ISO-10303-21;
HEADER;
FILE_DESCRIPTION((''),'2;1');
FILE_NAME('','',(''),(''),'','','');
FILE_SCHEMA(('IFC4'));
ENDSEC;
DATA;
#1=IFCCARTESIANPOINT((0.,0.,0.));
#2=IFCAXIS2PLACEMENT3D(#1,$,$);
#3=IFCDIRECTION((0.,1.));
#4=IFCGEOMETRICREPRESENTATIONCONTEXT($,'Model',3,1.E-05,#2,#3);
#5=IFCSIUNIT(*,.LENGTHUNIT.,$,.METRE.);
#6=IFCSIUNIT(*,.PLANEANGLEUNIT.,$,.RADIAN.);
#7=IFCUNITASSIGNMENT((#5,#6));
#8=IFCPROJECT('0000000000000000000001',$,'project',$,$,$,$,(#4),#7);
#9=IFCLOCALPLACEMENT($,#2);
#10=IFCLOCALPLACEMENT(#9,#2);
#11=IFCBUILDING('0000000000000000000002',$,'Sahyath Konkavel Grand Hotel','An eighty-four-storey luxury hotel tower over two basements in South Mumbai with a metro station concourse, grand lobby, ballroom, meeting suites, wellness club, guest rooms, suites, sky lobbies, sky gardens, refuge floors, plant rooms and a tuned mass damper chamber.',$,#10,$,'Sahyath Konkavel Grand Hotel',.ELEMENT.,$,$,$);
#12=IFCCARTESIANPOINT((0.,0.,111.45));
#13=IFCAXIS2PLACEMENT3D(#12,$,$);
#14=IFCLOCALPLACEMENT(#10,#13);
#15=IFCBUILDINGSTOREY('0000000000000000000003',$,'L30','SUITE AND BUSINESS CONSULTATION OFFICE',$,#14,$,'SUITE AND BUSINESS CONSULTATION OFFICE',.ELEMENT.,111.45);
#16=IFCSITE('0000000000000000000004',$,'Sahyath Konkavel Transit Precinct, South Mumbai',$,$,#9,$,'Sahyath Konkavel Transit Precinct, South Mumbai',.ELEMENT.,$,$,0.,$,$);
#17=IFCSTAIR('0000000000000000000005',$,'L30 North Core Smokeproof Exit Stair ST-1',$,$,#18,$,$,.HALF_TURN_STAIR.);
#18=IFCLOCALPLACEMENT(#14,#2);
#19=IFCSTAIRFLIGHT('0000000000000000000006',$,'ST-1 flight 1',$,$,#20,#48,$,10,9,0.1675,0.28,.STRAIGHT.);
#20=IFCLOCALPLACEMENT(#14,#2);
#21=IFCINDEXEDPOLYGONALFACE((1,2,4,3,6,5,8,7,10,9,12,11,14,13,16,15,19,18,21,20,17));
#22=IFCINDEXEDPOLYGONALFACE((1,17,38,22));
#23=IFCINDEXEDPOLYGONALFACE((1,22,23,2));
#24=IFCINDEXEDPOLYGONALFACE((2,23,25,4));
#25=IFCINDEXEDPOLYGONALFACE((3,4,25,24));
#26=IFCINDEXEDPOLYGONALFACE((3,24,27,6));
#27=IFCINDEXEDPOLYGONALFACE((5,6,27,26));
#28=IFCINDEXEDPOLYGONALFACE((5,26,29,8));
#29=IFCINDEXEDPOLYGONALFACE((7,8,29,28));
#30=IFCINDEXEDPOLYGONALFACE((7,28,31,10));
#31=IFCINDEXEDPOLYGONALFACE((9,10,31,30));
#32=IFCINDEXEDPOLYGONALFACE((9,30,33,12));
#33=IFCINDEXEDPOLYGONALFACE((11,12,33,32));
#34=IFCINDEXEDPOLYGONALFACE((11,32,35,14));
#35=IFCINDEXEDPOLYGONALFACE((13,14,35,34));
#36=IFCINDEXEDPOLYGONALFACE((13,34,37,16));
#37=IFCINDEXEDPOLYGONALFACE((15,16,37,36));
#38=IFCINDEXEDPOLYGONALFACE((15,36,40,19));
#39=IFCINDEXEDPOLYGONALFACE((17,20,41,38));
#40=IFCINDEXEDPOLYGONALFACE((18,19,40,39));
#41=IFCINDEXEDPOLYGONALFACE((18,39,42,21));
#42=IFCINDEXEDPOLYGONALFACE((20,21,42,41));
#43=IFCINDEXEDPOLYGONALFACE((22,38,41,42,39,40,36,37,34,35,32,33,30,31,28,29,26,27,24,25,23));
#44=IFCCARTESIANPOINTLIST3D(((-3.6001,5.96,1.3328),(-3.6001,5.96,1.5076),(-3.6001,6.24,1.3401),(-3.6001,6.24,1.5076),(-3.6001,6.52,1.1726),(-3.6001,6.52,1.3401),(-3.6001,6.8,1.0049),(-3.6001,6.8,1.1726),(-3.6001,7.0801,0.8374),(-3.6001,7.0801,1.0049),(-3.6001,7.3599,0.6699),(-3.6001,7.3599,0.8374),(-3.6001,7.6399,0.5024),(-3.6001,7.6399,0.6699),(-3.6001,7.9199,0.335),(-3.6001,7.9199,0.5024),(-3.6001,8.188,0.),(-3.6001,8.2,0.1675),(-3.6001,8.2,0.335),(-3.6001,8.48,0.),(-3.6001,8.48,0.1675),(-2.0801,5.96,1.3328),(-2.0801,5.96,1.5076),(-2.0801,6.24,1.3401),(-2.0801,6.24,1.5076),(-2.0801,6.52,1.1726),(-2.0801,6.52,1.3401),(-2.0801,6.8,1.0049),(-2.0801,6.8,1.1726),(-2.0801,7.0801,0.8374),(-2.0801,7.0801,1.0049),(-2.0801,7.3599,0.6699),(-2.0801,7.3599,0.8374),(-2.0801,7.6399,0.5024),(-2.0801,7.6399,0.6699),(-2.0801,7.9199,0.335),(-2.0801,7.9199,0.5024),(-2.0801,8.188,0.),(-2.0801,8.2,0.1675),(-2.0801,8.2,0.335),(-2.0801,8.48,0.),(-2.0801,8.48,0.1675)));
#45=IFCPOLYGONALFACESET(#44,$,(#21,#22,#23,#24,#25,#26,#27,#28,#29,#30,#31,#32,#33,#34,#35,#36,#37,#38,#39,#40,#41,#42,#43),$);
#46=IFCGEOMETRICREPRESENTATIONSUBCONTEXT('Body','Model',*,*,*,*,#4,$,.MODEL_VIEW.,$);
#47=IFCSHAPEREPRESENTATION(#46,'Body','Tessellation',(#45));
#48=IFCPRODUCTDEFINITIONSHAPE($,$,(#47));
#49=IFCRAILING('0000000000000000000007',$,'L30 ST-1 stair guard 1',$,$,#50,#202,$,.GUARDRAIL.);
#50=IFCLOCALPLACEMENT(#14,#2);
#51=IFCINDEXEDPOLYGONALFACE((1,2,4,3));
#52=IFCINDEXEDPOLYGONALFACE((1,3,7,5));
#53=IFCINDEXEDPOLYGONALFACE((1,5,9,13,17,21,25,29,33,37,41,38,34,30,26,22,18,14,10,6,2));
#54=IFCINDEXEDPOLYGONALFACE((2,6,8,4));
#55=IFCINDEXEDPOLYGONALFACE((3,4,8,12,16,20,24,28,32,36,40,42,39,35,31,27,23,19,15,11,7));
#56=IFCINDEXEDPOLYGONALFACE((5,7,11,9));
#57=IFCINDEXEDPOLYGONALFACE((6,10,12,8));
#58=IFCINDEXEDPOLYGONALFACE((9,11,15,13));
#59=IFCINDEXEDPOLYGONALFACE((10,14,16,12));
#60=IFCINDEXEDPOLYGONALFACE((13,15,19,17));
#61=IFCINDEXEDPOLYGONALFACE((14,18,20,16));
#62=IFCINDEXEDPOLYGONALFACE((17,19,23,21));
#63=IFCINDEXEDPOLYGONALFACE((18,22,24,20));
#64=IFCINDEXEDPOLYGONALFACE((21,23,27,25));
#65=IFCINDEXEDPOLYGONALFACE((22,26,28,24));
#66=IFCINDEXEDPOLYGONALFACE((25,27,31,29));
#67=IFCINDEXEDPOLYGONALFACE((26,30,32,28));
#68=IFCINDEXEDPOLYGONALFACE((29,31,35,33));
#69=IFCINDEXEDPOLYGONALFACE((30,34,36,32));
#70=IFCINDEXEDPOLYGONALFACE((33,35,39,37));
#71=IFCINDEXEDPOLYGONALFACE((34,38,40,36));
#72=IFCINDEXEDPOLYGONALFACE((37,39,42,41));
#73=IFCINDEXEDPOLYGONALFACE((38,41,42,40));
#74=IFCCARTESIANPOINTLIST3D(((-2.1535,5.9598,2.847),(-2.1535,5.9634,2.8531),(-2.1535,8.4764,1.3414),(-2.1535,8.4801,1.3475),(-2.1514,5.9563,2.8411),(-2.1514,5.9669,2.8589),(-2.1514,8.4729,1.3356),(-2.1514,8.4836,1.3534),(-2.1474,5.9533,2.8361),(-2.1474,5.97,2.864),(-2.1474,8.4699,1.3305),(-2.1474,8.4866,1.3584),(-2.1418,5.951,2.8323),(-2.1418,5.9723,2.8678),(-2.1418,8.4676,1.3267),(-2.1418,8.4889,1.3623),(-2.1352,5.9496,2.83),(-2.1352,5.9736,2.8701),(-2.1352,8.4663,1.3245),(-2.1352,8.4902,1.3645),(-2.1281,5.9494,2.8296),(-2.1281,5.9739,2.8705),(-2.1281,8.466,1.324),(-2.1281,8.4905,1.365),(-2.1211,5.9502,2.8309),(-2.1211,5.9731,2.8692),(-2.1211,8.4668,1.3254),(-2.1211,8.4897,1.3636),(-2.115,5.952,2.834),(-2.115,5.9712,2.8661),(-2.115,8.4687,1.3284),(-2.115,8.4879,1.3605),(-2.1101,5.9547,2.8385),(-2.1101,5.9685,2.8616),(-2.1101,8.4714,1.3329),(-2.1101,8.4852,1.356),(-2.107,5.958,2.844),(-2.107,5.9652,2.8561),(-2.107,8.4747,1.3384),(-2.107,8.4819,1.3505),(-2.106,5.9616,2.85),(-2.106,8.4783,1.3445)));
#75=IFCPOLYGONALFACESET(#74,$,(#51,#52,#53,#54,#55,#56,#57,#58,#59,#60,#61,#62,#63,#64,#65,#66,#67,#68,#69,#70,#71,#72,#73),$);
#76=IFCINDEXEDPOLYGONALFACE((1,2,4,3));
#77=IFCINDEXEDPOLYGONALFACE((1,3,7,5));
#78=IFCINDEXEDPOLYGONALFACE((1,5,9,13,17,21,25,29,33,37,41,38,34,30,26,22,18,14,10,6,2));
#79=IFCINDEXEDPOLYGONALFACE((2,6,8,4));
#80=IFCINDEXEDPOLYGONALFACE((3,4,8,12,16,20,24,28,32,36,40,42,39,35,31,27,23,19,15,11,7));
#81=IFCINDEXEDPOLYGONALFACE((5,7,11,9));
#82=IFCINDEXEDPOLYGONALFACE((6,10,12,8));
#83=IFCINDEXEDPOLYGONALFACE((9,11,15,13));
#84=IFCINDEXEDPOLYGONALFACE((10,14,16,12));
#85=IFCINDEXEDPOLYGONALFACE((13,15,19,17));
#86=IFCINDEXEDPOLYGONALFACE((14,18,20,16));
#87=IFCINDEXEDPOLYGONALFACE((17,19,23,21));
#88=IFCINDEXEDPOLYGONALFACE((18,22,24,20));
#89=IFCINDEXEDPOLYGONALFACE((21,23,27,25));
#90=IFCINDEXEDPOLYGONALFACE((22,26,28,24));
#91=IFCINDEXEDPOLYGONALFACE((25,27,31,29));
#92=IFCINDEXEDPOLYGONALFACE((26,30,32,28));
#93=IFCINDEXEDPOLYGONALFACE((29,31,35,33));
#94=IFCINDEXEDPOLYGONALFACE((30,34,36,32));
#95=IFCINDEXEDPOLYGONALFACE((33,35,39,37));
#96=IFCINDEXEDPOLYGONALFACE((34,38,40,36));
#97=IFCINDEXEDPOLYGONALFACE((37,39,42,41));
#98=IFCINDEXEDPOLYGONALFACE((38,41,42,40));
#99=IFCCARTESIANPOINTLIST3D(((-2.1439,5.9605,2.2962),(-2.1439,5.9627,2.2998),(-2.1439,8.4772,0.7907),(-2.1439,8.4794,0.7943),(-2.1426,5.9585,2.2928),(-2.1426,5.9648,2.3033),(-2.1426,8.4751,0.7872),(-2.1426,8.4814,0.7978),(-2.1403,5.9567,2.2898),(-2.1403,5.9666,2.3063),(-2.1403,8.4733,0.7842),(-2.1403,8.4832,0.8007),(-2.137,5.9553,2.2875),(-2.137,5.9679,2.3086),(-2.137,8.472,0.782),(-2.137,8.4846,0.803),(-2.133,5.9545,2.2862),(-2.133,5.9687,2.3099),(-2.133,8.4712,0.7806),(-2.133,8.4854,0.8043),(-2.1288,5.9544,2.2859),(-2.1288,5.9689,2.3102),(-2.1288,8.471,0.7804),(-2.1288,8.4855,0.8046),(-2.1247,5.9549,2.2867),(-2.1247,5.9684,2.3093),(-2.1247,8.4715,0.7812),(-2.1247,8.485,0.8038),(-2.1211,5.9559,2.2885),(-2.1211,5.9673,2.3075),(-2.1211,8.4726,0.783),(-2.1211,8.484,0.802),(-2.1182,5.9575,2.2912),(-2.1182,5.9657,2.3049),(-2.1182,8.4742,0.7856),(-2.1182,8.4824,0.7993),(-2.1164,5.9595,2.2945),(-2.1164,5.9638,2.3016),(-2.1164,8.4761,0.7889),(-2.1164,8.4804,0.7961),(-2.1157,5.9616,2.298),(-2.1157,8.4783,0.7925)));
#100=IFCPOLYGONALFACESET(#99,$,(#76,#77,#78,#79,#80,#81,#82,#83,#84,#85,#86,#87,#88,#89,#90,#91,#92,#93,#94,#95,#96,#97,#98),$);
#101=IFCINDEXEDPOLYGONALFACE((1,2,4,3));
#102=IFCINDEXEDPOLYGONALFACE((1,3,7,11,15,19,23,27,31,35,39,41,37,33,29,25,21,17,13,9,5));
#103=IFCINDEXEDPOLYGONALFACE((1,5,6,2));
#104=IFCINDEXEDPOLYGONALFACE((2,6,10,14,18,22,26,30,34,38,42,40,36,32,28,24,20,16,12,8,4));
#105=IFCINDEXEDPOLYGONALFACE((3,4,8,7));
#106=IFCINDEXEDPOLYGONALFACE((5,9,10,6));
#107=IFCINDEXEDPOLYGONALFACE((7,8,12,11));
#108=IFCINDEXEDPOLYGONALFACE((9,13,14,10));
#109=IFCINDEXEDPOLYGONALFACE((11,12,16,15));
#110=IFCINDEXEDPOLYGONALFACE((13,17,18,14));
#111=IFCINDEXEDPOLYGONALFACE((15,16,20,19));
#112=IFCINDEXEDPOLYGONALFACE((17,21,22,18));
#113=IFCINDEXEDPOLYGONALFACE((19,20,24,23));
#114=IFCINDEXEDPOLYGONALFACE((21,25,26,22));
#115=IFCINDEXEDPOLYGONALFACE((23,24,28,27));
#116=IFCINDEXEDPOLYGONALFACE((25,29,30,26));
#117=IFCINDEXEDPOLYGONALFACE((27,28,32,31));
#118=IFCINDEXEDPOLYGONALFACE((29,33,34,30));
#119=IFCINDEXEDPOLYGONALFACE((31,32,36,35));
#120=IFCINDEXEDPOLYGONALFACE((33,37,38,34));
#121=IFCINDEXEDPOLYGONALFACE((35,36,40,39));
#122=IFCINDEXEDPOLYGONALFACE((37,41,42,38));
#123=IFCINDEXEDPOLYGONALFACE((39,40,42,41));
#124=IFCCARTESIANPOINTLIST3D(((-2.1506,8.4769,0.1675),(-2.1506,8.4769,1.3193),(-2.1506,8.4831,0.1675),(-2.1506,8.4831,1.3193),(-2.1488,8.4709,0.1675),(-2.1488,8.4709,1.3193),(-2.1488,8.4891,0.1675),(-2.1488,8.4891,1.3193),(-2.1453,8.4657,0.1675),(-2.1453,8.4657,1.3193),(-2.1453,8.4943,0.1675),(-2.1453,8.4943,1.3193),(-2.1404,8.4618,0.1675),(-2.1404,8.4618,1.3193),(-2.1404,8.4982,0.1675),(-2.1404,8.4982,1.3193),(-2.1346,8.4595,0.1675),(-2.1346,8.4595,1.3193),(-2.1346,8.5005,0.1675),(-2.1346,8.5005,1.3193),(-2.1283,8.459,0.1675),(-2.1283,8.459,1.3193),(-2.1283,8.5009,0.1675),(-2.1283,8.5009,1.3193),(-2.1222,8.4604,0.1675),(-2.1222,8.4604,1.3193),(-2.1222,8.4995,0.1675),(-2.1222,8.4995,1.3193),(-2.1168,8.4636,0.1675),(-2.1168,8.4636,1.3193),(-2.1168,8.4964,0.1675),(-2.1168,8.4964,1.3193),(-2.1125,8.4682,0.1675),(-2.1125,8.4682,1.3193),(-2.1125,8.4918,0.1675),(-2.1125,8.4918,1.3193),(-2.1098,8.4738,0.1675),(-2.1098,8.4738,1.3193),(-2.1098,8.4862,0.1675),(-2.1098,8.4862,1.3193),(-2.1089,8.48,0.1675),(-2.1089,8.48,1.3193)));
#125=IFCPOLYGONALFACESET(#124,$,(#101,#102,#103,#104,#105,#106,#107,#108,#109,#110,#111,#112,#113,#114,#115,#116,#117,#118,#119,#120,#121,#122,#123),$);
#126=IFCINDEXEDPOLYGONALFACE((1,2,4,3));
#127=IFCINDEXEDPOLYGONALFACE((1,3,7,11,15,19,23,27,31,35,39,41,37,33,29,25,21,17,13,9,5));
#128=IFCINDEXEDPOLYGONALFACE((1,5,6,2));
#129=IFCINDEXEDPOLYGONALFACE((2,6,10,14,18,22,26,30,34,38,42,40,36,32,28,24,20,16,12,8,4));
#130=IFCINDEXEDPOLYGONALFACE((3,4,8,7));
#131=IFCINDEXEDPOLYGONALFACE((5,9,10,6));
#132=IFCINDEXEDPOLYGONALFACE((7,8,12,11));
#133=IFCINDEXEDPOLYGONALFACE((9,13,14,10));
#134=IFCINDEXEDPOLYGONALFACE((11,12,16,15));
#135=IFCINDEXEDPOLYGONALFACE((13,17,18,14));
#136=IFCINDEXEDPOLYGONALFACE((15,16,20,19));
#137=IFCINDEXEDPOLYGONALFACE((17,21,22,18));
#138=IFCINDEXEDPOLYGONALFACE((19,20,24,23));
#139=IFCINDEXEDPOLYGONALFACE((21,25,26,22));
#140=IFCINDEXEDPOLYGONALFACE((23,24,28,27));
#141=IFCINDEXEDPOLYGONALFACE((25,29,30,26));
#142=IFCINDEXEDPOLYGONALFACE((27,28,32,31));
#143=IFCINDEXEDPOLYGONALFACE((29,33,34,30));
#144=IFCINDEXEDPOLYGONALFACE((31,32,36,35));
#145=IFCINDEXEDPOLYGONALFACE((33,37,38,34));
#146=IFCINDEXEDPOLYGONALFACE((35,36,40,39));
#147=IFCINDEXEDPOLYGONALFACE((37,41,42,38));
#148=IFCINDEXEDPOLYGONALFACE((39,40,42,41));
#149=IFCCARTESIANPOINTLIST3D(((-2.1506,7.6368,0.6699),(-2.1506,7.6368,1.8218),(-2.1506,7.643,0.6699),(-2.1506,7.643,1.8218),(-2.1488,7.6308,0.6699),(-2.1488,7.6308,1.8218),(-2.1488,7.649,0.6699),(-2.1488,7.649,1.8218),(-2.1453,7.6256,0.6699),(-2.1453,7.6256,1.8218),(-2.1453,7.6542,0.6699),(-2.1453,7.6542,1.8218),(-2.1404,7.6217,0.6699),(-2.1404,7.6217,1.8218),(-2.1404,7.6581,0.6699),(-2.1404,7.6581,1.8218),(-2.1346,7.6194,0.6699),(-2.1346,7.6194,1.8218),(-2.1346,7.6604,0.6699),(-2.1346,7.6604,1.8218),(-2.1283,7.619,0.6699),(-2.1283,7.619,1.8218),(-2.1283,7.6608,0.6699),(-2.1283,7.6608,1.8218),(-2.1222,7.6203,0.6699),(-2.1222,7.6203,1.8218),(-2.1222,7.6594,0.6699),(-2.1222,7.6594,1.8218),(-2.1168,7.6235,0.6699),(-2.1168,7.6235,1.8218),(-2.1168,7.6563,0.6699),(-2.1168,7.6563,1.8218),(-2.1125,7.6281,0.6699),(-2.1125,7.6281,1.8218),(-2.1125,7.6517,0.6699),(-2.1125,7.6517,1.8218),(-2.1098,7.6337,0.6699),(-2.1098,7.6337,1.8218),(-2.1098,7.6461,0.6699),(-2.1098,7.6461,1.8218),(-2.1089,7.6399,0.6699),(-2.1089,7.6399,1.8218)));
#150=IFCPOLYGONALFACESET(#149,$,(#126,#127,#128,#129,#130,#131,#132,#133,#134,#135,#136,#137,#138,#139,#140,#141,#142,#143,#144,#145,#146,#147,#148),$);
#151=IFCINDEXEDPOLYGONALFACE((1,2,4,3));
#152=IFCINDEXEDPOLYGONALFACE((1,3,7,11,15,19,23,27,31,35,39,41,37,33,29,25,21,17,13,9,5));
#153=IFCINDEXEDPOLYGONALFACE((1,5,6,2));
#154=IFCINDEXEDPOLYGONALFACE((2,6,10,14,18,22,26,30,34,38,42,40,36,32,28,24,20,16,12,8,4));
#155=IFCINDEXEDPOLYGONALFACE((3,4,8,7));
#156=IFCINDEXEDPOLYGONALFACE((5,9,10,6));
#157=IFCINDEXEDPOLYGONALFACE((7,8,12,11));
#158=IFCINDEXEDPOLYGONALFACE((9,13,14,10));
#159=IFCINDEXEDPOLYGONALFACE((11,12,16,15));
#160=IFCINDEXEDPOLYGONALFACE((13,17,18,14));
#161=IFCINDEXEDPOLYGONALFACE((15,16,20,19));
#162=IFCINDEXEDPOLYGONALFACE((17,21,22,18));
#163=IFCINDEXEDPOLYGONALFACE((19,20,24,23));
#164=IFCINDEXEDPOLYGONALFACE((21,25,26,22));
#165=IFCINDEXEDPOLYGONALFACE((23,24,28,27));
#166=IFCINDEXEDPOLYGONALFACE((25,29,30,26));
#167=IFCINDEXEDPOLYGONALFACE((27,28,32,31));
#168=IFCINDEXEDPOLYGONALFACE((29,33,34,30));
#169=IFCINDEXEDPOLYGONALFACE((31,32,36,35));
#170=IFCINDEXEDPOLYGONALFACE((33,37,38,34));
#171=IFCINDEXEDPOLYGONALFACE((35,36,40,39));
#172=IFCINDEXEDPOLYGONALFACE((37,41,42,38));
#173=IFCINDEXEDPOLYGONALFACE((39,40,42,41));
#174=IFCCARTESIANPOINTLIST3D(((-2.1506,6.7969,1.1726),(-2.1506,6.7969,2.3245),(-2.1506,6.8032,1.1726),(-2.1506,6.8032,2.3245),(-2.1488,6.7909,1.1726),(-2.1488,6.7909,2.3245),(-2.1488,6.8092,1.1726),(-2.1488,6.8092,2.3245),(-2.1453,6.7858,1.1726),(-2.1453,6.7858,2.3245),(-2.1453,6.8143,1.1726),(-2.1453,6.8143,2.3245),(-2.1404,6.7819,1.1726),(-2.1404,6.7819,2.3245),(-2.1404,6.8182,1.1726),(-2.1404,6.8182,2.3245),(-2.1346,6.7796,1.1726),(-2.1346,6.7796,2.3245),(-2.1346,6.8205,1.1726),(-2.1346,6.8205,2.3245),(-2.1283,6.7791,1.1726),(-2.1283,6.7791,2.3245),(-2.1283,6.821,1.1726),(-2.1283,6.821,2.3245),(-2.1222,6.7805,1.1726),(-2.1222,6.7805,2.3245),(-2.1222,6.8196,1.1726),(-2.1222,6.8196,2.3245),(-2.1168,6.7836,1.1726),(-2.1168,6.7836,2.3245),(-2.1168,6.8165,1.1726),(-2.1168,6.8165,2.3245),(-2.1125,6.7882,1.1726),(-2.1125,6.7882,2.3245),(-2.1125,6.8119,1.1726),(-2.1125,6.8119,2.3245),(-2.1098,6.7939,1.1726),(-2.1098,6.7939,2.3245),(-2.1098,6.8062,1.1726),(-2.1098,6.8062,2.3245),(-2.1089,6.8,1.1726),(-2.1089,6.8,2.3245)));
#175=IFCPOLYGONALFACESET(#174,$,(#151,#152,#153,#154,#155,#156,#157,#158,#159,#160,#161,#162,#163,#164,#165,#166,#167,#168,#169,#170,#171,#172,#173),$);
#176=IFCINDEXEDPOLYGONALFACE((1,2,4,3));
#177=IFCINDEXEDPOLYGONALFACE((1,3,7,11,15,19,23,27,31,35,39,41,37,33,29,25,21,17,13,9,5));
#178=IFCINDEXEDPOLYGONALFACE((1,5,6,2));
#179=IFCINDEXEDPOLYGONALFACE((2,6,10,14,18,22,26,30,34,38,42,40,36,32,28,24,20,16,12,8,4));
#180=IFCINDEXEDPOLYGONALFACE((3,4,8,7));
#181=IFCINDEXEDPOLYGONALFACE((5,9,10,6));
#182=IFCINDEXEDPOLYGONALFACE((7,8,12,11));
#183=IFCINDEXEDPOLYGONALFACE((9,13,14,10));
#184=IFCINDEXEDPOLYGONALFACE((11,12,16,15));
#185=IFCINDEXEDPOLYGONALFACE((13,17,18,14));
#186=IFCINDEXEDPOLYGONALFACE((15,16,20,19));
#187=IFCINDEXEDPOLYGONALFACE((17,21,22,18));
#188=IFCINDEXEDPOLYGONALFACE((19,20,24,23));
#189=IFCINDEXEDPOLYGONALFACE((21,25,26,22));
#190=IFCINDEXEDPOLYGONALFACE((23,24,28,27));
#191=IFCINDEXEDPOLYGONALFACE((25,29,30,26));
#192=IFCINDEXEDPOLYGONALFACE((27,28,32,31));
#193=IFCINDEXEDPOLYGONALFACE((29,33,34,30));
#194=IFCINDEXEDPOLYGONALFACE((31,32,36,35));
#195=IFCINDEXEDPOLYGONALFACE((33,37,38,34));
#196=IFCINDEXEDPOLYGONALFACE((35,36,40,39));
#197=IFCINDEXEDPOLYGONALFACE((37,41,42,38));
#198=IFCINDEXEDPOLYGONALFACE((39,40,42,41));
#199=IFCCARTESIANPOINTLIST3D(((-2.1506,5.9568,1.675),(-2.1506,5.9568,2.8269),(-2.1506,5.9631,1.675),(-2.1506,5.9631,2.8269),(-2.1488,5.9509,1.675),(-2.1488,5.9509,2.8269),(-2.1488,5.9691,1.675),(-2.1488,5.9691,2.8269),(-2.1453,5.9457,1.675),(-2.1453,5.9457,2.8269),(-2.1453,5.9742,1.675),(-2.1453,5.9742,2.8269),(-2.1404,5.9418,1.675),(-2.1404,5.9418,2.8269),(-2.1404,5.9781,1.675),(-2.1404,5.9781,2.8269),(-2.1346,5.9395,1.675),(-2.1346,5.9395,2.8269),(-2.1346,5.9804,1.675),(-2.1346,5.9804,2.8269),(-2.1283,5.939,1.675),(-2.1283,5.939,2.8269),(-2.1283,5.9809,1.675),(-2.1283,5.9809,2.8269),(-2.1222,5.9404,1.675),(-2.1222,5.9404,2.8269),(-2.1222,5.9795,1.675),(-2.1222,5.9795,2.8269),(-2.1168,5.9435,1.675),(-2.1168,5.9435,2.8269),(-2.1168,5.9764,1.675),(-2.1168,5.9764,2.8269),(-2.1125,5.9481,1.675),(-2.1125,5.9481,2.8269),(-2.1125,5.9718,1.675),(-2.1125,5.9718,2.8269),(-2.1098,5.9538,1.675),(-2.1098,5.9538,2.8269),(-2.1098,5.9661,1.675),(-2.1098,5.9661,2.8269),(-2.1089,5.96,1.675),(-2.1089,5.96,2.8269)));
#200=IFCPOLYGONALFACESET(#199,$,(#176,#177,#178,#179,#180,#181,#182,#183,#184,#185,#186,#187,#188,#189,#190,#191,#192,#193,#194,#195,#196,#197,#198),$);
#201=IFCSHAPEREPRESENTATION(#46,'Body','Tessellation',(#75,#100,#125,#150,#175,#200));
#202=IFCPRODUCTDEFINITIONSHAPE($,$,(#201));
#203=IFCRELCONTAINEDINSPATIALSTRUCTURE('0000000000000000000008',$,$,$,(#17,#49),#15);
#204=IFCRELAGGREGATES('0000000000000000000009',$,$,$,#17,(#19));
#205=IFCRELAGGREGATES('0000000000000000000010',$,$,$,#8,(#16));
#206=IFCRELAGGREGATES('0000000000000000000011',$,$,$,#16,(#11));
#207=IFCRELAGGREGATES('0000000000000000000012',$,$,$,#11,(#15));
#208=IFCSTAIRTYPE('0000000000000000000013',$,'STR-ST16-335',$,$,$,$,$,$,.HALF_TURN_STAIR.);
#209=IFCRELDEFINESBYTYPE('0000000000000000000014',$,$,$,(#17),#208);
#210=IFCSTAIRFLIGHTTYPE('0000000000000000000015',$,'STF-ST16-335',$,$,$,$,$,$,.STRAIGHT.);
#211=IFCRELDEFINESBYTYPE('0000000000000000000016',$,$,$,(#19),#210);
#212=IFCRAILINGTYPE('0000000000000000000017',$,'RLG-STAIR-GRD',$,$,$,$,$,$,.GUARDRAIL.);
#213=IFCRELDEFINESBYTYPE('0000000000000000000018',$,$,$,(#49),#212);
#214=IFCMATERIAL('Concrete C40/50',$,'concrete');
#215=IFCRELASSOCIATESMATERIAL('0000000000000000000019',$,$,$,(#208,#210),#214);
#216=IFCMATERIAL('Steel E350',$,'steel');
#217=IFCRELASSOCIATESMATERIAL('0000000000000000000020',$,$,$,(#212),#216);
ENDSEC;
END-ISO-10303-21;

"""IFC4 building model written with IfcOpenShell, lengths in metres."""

from ifc_helpers import new_model, si_unit, direction, frame, origin, origin_2d, place, context, subcontext, project, spatial, polyline, circle, outline, extrude, material, type_object, element, aggregate, save


model = new_model("IFC4")

# Units and contexts
model_context = context("Model", 3, precision=1e-05, world=origin(), true_north=direction((0.0, 1.0)))
body_context = subcontext(model_context, "Body", "Model", "MODEL_VIEW")
ifc_project = project(units=[si_unit("LENGTHUNIT", "METRE"), si_unit("PLANEANGLEUNIT", "RADIAN")], contexts=[model_context])

# Site, building, storey
site_placement = place(None, origin())
site = spatial("IfcSite", under=ifc_project, at=site_placement, Name="Sahyath Konkavel Transit Precinct, South Mumbai", LongName="Sahyath Konkavel Transit Precinct, South Mumbai", CompositionType="ELEMENT", RefElevation=0.0)
building_placement = place(site_placement, origin())
building = spatial("IfcBuilding", under=site, at=building_placement, Name="Sahyath Konkavel Grand Hotel", Description="An eighty-four-storey luxury hotel tower over two basements in South Mumbai with a metro station concourse, grand lobby, ballroom, meeting suites, wellness club, guest rooms, suites, sky lobbies, sky gardens, refuge floors, plant rooms and a tuned mass damper chamber.", LongName="Sahyath Konkavel Grand Hotel", CompositionType="ELEMENT")
storey_placement = place(building_placement, frame((0.0, 0.0, 111.45)))
storey = spatial("IfcBuildingStorey", under=building, at=storey_placement, Name="L30", Description="SUITE AND BUSINESS CONSULTATION OFFICE", LongName="SUITE AND BUSINESS CONSULTATION OFFICE", CompositionType="ELEMENT", Elevation=111.45)

# Shared definitions
ifc_material_1 = material(Name="Steel E350", Category="steel")

# Stair, stair flight
ifc_material_2 = material(Name="Concrete C40/50", Category="concrete")
stair_type = type_object("IfcStairType", Name="STR-ST16-335", PredefinedType="HALF_TURN_STAIR", material=ifc_material_2)
stair_placement = place(storey_placement, origin())
stair = element("IfcStair", 1, at=stair_placement, inside=storey, type_object=stair_type, Name="L30 North Core Smokeproof Exit Stair ST-1", PredefinedType="HALF_TURN_STAIR")
stair_flight_type = type_object("IfcStairFlightType", Name="STF-ST16-335", PredefinedType="STRAIGHT", material=ifc_material_2)
stair_flight_placement = place(storey_placement, frame((-2.8401, 8.48, 0.0), z_axis=(0.0, 0.0, 1.0), x_axis=(0.0, -1.0, 0.0)))
stair_flight = element("IfcStairFlight", 2, at=stair_flight_placement, type_object=stair_flight_type, Name="ST-1 flight 1", NumberOfRisers=10, NumberOfTreads=9, PredefinedType="STRAIGHT", RiserHeight=0.1675, TreadLength=0.28, context=body_context, shape_type="SweptSolid", body=[
    extrude(outline(polyline([(0.0, 0.0), (0.0, 0.1675), (0.28, 0.1675), (0.28, 0.335), (0.5601, 0.335), (0.5601, 0.5024), (0.8401, 0.5024), (0.8401, 0.6699), (1.1201, 0.6699), (1.1201, 0.8374), (1.3999, 0.8374), (1.3999, 1.0049), (1.6799, 1.0049), (1.6799, 1.1726), (1.96, 1.1726), (1.96, 1.3401), (2.24, 1.3401), (2.24, 1.5076), (2.52, 1.5076), (2.52, 1.675), (2.52, 1.3328), (0.292, 0.0), (0.0, 0.0)])), frame((0.0, 0.76, 0.0), z_axis=(0.0, -1.0, 0.0), x_axis=(1.0, 0.0, 0.0)), (0.0, 0.0, 1.0), 1.52),
])
aggregate(stair, [stair_flight])

# Railing
railing_type_1 = type_object("IfcRailingType", Name="RLG-STAIR-GRD", PredefinedType="GUARDRAIL", material=ifc_material_1)
railing_1_placement = place(storey_placement, frame((-2.1299, 8.48, 0.1675)))
element("IfcRailing", 3, at=railing_1_placement, inside=storey, type_object=railing_type_1, Name="L30 ST-1 stair guard 1", PredefinedType="GUARDRAIL", context=body_context, shape_type="SweptSolid", body=[
    extrude(circle(Radius=0.0239, at=origin_2d()), frame((0.0, -0.0017, 1.177), z_axis=(0.0, -0.85816, 0.513383), x_axis=(1.0, 0.0, 0.0)), (0.0, 0.0, 1.0), 2.9326),
    extrude(circle(Radius=0.0142, at=origin_2d()), frame((0.0, -0.0017, 0.625), z_axis=(0.0, -0.85816, 0.513383), x_axis=(1.0, 0.0, 0.0)), (0.0, 0.0, 1.0), 2.9326),
    extrude(circle(Radius=0.021, at=origin_2d()), origin(), (0.0, 0.0, 1.0), 1.1519),
    extrude(circle(Radius=0.021, at=origin_2d()), frame((0.0, -0.8401, 0.5024)), (0.0, 0.0, 1.0), 1.1519),
    extrude(circle(Radius=0.021, at=origin_2d()), frame((0.0, -1.6799, 1.0051)), (0.0, 0.0, 1.0), 1.1519),
    extrude(circle(Radius=0.021, at=origin_2d()), frame((0.0, -2.52, 1.5076)), (0.0, 0.0, 1.0), 1.1519),
])

save(model, "model.ifc")
